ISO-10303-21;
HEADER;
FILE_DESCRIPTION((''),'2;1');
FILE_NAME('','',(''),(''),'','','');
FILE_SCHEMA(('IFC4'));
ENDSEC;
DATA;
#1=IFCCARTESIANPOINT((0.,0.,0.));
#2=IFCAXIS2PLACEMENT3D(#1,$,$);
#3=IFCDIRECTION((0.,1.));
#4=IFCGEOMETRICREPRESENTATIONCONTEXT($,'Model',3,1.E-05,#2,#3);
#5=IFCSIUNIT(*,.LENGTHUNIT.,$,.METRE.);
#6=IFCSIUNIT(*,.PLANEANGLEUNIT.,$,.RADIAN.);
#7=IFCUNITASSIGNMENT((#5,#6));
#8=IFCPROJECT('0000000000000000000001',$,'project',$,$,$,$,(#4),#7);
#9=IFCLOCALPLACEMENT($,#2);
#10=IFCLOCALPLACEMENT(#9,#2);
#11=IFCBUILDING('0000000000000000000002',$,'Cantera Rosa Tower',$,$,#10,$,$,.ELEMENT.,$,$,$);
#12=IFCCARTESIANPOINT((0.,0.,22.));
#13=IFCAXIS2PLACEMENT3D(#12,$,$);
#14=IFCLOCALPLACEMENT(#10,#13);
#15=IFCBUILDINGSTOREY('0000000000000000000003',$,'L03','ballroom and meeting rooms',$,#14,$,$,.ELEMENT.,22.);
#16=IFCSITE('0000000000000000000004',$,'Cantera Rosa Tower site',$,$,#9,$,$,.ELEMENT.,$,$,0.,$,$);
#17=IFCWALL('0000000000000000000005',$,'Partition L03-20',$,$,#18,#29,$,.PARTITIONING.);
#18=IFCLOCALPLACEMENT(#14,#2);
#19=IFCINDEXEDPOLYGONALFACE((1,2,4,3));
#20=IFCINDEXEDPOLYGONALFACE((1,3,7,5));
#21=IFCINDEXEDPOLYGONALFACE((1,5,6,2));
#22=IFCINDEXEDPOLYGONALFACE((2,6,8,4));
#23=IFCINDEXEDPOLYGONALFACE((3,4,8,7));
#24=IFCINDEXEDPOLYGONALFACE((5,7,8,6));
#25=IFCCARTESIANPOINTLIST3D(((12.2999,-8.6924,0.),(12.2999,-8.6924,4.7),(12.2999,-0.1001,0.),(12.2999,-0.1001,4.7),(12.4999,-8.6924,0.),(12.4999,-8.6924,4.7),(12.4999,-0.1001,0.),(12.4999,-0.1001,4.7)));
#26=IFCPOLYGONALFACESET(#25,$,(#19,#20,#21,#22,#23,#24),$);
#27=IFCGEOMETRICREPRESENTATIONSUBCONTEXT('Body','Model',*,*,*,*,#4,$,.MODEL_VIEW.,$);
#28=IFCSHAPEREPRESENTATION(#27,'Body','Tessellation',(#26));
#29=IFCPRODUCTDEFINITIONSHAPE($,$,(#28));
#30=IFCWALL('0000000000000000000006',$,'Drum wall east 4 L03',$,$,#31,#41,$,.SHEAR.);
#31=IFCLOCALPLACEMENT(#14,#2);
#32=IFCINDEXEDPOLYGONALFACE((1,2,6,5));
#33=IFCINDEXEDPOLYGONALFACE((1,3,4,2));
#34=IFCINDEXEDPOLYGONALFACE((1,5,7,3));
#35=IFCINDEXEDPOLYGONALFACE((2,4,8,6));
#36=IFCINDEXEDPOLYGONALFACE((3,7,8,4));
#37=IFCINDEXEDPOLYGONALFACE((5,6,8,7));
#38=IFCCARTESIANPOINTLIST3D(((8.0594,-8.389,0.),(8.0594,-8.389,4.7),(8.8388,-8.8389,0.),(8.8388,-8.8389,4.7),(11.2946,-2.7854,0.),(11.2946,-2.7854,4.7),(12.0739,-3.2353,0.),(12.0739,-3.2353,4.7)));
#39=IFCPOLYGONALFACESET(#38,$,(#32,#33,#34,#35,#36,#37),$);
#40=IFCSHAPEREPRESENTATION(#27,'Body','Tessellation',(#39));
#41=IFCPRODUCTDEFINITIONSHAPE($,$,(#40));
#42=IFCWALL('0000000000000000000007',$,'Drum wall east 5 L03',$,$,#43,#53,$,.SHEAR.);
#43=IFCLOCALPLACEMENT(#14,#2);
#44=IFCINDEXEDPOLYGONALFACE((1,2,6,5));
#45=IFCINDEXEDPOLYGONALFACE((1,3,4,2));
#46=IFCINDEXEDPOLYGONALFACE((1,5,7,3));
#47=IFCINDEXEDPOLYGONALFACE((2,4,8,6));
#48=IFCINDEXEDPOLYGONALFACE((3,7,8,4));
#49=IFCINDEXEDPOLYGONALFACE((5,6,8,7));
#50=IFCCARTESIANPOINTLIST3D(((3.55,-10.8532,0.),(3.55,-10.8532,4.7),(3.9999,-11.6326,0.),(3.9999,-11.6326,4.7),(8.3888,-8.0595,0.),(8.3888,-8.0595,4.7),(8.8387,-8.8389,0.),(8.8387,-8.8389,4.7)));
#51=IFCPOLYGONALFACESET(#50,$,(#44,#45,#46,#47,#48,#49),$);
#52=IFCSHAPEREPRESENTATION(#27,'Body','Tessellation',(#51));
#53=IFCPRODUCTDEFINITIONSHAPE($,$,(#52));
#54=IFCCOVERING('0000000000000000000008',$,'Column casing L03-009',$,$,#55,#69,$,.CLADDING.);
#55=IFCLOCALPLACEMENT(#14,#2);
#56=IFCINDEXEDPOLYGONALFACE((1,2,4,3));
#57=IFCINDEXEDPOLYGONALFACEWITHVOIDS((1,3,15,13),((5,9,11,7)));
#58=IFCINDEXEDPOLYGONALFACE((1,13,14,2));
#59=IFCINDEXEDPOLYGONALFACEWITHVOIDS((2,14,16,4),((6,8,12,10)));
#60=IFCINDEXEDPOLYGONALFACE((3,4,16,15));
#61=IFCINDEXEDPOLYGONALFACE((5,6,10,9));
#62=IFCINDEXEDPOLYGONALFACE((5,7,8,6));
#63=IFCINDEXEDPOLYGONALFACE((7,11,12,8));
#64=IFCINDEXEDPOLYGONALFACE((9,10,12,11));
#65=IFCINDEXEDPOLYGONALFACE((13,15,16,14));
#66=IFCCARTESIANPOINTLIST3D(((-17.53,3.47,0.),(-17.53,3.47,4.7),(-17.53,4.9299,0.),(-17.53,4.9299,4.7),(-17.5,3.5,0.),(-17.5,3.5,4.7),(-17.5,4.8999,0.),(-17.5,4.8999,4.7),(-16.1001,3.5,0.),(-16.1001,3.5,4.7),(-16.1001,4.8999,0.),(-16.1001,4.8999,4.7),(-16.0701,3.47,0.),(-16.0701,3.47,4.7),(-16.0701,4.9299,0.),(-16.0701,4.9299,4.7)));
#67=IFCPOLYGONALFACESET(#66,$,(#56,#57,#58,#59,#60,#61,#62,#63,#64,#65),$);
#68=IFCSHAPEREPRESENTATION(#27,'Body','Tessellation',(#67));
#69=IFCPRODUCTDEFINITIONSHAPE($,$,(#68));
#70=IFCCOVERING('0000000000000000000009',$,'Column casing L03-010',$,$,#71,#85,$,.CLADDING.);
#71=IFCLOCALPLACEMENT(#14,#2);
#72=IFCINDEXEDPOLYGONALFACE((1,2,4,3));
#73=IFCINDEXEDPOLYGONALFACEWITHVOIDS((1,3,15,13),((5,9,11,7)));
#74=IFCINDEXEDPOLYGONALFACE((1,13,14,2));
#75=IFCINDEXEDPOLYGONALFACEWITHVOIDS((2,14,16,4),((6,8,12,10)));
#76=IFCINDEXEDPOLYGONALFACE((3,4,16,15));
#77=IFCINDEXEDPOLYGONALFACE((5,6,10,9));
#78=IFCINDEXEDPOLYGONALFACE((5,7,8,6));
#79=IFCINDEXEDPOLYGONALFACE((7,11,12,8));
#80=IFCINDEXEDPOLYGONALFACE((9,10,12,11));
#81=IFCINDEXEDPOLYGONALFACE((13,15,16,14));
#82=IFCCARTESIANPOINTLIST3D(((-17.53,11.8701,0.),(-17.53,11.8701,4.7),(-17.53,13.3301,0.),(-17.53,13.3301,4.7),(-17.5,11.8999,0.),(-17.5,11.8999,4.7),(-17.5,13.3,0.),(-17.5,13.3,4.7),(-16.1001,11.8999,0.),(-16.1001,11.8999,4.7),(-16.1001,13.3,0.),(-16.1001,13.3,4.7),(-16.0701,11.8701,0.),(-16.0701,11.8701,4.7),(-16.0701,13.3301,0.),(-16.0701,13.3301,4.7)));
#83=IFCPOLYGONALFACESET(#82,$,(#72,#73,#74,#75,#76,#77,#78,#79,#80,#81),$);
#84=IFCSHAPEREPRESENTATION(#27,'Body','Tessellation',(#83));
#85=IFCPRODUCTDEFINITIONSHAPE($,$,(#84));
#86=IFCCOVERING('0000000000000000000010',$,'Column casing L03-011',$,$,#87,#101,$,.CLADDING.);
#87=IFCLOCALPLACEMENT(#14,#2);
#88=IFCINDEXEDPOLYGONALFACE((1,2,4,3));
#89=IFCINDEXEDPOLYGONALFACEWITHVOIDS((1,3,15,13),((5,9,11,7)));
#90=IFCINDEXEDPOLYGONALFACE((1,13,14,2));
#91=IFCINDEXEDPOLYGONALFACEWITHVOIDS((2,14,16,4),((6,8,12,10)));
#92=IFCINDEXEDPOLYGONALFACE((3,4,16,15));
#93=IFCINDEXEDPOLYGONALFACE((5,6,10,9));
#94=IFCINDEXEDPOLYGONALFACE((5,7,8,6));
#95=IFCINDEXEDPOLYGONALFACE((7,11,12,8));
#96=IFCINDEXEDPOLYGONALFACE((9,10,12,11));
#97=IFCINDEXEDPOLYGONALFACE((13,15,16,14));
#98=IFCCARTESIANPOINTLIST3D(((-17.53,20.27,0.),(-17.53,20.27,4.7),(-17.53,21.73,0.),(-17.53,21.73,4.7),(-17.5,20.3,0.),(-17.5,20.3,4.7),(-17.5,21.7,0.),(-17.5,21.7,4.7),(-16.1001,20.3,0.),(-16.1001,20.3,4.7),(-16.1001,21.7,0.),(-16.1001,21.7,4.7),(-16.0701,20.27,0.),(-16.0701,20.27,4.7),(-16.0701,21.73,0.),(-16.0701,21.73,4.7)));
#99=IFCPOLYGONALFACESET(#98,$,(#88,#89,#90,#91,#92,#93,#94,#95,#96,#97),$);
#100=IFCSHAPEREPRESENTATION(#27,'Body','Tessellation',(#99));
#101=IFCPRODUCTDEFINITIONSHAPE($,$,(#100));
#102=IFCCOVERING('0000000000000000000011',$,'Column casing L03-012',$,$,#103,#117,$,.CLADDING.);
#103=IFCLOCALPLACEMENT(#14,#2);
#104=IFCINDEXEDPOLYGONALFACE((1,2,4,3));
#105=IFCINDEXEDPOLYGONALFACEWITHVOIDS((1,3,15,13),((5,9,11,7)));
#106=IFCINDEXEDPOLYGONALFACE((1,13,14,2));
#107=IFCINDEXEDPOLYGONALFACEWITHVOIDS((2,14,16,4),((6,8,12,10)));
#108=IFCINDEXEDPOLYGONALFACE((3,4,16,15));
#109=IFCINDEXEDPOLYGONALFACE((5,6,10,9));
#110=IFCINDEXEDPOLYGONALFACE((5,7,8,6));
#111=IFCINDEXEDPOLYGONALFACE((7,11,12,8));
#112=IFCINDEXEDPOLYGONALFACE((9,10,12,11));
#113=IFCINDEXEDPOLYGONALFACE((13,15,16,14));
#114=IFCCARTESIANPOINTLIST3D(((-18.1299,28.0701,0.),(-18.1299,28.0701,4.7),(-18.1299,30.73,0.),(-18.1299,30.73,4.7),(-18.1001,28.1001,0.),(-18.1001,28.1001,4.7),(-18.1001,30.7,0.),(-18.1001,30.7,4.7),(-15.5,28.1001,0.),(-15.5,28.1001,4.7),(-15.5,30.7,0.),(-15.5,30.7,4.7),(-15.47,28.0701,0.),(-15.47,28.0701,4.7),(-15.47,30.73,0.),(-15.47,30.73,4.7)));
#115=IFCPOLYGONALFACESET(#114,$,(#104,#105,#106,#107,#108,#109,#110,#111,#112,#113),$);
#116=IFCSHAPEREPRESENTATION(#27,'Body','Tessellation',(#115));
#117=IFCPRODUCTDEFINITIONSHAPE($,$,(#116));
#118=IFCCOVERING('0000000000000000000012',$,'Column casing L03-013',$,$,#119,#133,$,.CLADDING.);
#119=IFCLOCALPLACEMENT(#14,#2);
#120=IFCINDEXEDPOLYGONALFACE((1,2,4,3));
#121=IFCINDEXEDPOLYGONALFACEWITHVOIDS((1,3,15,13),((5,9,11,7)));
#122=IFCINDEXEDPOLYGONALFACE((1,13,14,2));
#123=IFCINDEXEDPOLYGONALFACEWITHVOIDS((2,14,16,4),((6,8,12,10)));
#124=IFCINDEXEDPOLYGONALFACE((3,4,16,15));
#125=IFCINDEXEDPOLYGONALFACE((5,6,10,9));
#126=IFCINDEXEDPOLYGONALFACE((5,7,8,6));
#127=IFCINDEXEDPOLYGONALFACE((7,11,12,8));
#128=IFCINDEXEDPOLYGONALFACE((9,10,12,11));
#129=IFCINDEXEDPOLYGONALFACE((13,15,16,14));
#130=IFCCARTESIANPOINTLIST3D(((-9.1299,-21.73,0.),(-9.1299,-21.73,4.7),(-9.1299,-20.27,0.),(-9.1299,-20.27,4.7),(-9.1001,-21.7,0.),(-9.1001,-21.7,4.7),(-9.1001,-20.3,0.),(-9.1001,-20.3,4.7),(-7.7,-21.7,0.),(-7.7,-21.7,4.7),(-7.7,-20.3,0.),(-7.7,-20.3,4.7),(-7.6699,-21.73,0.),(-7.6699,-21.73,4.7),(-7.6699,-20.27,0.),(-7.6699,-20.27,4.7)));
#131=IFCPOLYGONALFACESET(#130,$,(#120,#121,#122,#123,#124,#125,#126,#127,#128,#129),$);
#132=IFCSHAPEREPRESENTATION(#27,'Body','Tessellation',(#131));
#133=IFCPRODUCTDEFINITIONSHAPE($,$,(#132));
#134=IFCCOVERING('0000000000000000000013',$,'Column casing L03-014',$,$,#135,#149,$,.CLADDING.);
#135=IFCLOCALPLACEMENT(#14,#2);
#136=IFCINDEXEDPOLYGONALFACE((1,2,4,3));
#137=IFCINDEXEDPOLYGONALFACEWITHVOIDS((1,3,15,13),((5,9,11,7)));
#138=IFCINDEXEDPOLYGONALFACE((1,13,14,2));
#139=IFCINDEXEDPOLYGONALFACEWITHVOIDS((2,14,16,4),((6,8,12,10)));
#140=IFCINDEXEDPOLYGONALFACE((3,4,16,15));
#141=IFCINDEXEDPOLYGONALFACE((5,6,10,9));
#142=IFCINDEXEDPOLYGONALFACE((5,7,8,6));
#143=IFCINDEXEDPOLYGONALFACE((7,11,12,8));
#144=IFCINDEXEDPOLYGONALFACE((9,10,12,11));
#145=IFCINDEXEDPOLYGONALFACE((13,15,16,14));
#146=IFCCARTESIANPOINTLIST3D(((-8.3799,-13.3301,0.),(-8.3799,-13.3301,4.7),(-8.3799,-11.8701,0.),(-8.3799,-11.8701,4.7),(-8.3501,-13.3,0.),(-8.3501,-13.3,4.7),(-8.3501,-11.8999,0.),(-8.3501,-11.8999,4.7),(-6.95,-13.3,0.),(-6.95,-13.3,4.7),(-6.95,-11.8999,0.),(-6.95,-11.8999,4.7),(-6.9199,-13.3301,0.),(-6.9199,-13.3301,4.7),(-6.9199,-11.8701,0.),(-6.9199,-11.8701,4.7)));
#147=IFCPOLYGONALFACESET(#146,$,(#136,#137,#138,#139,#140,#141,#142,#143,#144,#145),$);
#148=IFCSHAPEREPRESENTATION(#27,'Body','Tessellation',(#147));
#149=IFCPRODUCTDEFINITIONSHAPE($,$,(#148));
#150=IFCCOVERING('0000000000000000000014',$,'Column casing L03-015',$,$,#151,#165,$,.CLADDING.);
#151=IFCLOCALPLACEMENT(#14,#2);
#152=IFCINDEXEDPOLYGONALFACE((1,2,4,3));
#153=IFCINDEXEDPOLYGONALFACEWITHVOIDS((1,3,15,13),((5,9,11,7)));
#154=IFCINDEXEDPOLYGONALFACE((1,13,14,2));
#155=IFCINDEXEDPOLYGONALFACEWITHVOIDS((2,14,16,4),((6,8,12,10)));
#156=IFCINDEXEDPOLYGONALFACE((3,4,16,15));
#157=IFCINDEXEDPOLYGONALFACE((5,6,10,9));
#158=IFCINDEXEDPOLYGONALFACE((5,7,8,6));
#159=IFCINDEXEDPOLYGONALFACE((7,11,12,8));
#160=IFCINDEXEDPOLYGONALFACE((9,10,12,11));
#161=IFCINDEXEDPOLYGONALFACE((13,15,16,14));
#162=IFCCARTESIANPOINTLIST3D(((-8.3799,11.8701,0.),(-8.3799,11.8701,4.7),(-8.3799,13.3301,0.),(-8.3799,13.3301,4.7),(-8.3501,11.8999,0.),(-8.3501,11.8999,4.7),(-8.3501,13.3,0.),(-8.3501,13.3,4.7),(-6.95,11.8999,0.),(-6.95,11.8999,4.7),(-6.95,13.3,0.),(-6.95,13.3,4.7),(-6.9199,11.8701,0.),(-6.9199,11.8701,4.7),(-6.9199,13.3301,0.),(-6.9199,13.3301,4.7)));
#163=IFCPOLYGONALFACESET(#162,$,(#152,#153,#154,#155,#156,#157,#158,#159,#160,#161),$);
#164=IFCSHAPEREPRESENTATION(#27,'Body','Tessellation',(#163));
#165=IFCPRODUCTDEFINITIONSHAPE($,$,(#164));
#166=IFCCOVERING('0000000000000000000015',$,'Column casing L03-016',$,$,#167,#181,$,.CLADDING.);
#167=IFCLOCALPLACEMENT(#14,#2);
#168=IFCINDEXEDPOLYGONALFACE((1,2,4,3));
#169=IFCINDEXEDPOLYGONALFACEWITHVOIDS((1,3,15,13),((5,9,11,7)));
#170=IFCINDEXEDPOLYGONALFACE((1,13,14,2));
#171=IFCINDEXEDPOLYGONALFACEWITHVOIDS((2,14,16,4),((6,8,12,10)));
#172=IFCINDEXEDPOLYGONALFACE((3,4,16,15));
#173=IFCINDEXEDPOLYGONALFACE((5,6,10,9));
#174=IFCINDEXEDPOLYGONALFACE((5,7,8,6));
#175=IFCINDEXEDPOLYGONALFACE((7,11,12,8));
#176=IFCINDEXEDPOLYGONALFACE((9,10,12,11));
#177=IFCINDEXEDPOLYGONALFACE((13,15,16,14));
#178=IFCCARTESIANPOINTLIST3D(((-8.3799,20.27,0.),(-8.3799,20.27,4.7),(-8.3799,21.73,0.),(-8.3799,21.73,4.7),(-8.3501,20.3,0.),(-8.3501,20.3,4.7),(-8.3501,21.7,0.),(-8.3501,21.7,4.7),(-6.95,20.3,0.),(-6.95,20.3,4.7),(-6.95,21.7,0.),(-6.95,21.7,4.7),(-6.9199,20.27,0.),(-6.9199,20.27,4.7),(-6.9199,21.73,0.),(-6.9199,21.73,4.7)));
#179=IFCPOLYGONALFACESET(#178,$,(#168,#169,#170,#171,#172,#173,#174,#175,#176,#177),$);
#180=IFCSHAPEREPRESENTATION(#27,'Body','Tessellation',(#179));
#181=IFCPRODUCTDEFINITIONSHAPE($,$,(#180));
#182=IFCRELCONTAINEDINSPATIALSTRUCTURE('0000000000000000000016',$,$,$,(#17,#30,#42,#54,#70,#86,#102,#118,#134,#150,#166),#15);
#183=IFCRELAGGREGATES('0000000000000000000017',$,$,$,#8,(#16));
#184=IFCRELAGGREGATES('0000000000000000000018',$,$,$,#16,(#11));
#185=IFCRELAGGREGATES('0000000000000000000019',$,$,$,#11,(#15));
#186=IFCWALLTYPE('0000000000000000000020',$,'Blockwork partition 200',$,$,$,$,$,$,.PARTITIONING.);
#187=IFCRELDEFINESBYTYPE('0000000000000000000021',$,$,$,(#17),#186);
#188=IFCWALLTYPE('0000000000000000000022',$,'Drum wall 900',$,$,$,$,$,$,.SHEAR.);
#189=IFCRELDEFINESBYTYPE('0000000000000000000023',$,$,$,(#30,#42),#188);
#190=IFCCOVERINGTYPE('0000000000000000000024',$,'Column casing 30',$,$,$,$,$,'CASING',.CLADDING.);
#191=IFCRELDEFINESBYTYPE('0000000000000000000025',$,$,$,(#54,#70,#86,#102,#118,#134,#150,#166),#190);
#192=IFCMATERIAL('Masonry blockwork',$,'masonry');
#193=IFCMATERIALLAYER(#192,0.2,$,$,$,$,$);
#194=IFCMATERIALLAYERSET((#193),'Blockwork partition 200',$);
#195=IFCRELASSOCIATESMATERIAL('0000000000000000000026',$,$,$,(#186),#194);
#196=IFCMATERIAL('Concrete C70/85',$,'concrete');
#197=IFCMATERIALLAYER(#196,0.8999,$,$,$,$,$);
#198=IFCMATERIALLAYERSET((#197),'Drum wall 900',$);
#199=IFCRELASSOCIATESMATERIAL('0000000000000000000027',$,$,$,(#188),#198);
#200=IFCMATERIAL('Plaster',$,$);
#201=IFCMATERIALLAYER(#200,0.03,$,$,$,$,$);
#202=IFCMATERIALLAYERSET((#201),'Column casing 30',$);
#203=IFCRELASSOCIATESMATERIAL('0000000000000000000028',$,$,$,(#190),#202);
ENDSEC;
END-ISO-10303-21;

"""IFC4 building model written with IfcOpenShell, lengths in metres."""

from ifc_helpers import new_model, si_unit, direction, frame, frame_2d, origin, place, context, subcontext, project, spatial, polyline, rectangle, outline, extrude, material, layer, layer_set, type_object, element, save


model = new_model("IFC4")

# Units and contexts
model_context = context("Model", 3, precision=1e-05, world=origin(), true_north=direction((0.0, 1.0)))
body_context = subcontext(model_context, "Body", "Model", "MODEL_VIEW")
ifc_project = project(units=[si_unit("LENGTHUNIT", "METRE"), si_unit("PLANEANGLEUNIT", "RADIAN")], contexts=[model_context])

# Site, building, storey
site_placement = place(None, origin())
site = spatial("IfcSite", under=ifc_project, at=site_placement, Name="Cantera Rosa Tower site", CompositionType="ELEMENT", RefElevation=0.0)
building_placement = place(site_placement, origin())
building = spatial("IfcBuilding", under=site, at=building_placement, Name="Cantera Rosa Tower", CompositionType="ELEMENT")
storey_placement = place(building_placement, frame((0.0, 0.0, 22.0)))
storey = spatial("IfcBuildingStorey", under=building, at=storey_placement, Name="L03", Description="ballroom and meeting rooms", CompositionType="ELEMENT", Elevation=22.0)

# Walls
ifc_material_1 = material(Name="Masonry blockwork", Category="masonry")
ifc_layer_1 = layer(ifc_material_1, 0.2)
ifc_layer_set_1 = layer_set([ifc_layer_1], Name="Blockwork partition 200")
wall_type_1 = type_object("IfcWallType", Name="Blockwork partition 200", PredefinedType="PARTITIONING", material=ifc_layer_set_1)
wall_1_placement = place(storey_placement, frame((12.3999, -8.6924, 0.0), z_axis=(0.0, 0.0, 1.0), x_axis=(0.0, 1.0, 0.0)))
element("IfcWall", 1, at=wall_1_placement, inside=storey, type_object=wall_type_1, Name="Partition L03-20", PredefinedType="PARTITIONING", context=body_context, shape_type="SweptSolid", body=[
    extrude(rectangle(XDim=8.5923, YDim=0.2, at=frame_2d((4.2961, 0.0))), origin(), (0.0, 0.0, 1.0), 4.7),
])
ifc_material_2 = material(Name="Concrete C70/85", Category="concrete")
ifc_layer_2 = layer(ifc_material_2, 0.8999)
ifc_layer_set_2 = layer_set([ifc_layer_2], Name="Drum wall 900")
wall_type_2 = type_object("IfcWallType", Name="Drum wall 900", PredefinedType="SHEAR", material=ifc_layer_set_2)
wall_2_placement = place(storey_placement, frame((11.6843, -3.0103, 0.0), z_axis=(0.0, 0.0, 1.0), x_axis=(-0.49999, -0.866031, 0.0)))
element("IfcWall", 2, at=wall_2_placement, inside=storey, type_object=wall_type_2, Name="Drum wall east 4 L03", PredefinedType="SHEAR", context=body_context, shape_type="SweptSolid", body=[
    extrude(rectangle(XDim=6.4705, YDim=0.8999, at=frame_2d((3.2354, 0.0))), origin(), (0.0, 0.0, 1.0), 4.7),
])
wall_3_placement = place(storey_placement, frame((8.6138, -8.4492, 0.0), z_axis=(0.0, 0.0, 1.0), x_axis=(-0.866027, -0.499997, 0.0)))
element("IfcWall", 3, at=wall_3_placement, inside=storey, type_object=wall_type_2, Name="Drum wall east 5 L03", PredefinedType="SHEAR", context=body_context, shape_type="SweptSolid", body=[
    extrude(rectangle(XDim=5.5874, YDim=0.8999, at=frame_2d((2.7937, 0.0))), origin(), (0.0, 0.0, 1.0), 4.7),
])

# Coverings
ifc_material_3 = material(Name="Plaster")
ifc_layer_3 = layer(ifc_material_3, 0.03)
ifc_layer_set_3 = layer_set([ifc_layer_3], Name="Column casing 30")
covering_type = type_object("IfcCoveringType", Name="Column casing 30", ElementType="CASING", PredefinedType="CLADDING", material=ifc_layer_set_3)
covering_1_placement = place(storey_placement, origin())
element("IfcCovering", 4, at=covering_1_placement, inside=storey, type_object=covering_type, Name="Column casing L03-009", PredefinedType="CLADDING", context=body_context, shape_type="SweptSolid", body=[
    extrude(outline(polyline([(-17.53, 3.47), (-16.0701, 3.47), (-16.0701, 4.9299), (-17.53, 4.9299), (-17.53, 3.47)]), holes=[polyline([(-16.1001, 4.8999), (-17.5, 4.8999), (-17.5, 3.5), (-16.1001, 3.5), (-16.1001, 4.8999)])]), origin(), (0.0, 0.0, 1.0), 4.7),
])
covering_2_placement = place(storey_placement, origin())
element("IfcCovering", 5, at=covering_2_placement, inside=storey, type_object=covering_type, Name="Column casing L03-010", PredefinedType="CLADDING", context=body_context, shape_type="SweptSolid", body=[
    extrude(outline(polyline([(-17.53, 11.8701), (-16.0701, 11.8701), (-16.0701, 13.3301), (-17.53, 13.3301), (-17.53, 11.8701)]), holes=[polyline([(-16.1001, 13.3), (-17.5, 13.3), (-17.5, 11.8999), (-16.1001, 11.8999), (-16.1001, 13.3)])]), origin(), (0.0, 0.0, 1.0), 4.7),
])
covering_3_placement = place(storey_placement, origin())
element("IfcCovering", 6, at=covering_3_placement, inside=storey, type_object=covering_type, Name="Column casing L03-011", PredefinedType="CLADDING", context=body_context, shape_type="SweptSolid", body=[
    extrude(outline(polyline([(-17.53, 20.27), (-16.0701, 20.27), (-16.0701, 21.73), (-17.53, 21.73), (-17.53, 20.27)]), holes=[polyline([(-16.1001, 21.7), (-17.5, 21.7), (-17.5, 20.3), (-16.1001, 20.3), (-16.1001, 21.7)])]), origin(), (0.0, 0.0, 1.0), 4.7),
])
covering_4_placement = place(storey_placement, origin())
element("IfcCovering", 7, at=covering_4_placement, inside=storey, type_object=covering_type, Name="Column casing L03-012", PredefinedType="CLADDING", context=body_context, shape_type="SweptSolid", body=[
    extrude(outline(polyline([(-18.1299, 28.0701), (-15.47, 28.0701), (-15.47, 30.73), (-18.1299, 30.73), (-18.1299, 28.0701)]), holes=[polyline([(-15.5, 30.7), (-18.1001, 30.7), (-18.1001, 28.1001), (-15.5, 28.1001), (-15.5, 30.7)])]), origin(), (0.0, 0.0, 1.0), 4.7),
])
covering_5_placement = place(storey_placement, origin())
element("IfcCovering", 8, at=covering_5_placement, inside=storey, type_object=covering_type, Name="Column casing L03-013", PredefinedType="CLADDING", context=body_context, shape_type="SweptSolid", body=[
    extrude(outline(polyline([(-9.1299, -21.73), (-7.6699, -21.73), (-7.6699, -20.27), (-9.1299, -20.27), (-9.1299, -21.73)]), holes=[polyline([(-7.7, -20.3), (-9.1001, -20.3), (-9.1001, -21.7), (-7.7, -21.7), (-7.7, -20.3)])]), origin(), (0.0, 0.0, 1.0), 4.7),
])
covering_6_placement = place(storey_placement, origin())
element("IfcCovering", 9, at=covering_6_placement, inside=storey, type_object=covering_type, Name="Column casing L03-014", PredefinedType="CLADDING", context=body_context, shape_type="SweptSolid", body=[
    extrude(outline(polyline([(-8.3799, -13.3301), (-6.9199, -13.3301), (-6.9199, -11.8701), (-8.3799, -11.8701), (-8.3799, -13.3301)]), holes=[polyline([(-6.95, -11.8999), (-8.3501, -11.8999), (-8.3501, -13.3), (-6.95, -13.3), (-6.95, -11.8999)])]), origin(), (0.0, 0.0, 1.0), 4.7),
])
covering_7_placement = place(storey_placement, origin())
element("IfcCovering", 10, at=covering_7_placement, inside=storey, type_object=covering_type, Name="Column casing L03-015", PredefinedType="CLADDING", context=body_context, shape_type="SweptSolid", body=[
    extrude(outline(polyline([(-8.3799, 11.8701), (-6.9199, 11.8701), (-6.9199, 13.3301), (-8.3799, 13.3301), (-8.3799, 11.8701)]), holes=[polyline([(-6.95, 13.3), (-8.3501, 13.3), (-8.3501, 11.8999), (-6.95, 11.8999), (-6.95, 13.3)])]), origin(), (0.0, 0.0, 1.0), 4.7),
])
covering_8_placement = place(storey_placement, origin())
element("IfcCovering", 11, at=covering_8_placement, inside=storey, type_object=covering_type, Name="Column casing L03-016", PredefinedType="CLADDING", context=body_context, shape_type="SweptSolid", body=[
    extrude(outline(polyline([(-8.3799, 20.27), (-6.9199, 20.27), (-6.9199, 21.73), (-8.3799, 21.73), (-8.3799, 20.27)]), holes=[polyline([(-6.95, 21.7), (-8.3501, 21.7), (-8.3501, 20.3), (-6.95, 20.3), (-6.95, 21.7)])]), origin(), (0.0, 0.0, 1.0), 4.7),
])

save(model, "model.ifc")
